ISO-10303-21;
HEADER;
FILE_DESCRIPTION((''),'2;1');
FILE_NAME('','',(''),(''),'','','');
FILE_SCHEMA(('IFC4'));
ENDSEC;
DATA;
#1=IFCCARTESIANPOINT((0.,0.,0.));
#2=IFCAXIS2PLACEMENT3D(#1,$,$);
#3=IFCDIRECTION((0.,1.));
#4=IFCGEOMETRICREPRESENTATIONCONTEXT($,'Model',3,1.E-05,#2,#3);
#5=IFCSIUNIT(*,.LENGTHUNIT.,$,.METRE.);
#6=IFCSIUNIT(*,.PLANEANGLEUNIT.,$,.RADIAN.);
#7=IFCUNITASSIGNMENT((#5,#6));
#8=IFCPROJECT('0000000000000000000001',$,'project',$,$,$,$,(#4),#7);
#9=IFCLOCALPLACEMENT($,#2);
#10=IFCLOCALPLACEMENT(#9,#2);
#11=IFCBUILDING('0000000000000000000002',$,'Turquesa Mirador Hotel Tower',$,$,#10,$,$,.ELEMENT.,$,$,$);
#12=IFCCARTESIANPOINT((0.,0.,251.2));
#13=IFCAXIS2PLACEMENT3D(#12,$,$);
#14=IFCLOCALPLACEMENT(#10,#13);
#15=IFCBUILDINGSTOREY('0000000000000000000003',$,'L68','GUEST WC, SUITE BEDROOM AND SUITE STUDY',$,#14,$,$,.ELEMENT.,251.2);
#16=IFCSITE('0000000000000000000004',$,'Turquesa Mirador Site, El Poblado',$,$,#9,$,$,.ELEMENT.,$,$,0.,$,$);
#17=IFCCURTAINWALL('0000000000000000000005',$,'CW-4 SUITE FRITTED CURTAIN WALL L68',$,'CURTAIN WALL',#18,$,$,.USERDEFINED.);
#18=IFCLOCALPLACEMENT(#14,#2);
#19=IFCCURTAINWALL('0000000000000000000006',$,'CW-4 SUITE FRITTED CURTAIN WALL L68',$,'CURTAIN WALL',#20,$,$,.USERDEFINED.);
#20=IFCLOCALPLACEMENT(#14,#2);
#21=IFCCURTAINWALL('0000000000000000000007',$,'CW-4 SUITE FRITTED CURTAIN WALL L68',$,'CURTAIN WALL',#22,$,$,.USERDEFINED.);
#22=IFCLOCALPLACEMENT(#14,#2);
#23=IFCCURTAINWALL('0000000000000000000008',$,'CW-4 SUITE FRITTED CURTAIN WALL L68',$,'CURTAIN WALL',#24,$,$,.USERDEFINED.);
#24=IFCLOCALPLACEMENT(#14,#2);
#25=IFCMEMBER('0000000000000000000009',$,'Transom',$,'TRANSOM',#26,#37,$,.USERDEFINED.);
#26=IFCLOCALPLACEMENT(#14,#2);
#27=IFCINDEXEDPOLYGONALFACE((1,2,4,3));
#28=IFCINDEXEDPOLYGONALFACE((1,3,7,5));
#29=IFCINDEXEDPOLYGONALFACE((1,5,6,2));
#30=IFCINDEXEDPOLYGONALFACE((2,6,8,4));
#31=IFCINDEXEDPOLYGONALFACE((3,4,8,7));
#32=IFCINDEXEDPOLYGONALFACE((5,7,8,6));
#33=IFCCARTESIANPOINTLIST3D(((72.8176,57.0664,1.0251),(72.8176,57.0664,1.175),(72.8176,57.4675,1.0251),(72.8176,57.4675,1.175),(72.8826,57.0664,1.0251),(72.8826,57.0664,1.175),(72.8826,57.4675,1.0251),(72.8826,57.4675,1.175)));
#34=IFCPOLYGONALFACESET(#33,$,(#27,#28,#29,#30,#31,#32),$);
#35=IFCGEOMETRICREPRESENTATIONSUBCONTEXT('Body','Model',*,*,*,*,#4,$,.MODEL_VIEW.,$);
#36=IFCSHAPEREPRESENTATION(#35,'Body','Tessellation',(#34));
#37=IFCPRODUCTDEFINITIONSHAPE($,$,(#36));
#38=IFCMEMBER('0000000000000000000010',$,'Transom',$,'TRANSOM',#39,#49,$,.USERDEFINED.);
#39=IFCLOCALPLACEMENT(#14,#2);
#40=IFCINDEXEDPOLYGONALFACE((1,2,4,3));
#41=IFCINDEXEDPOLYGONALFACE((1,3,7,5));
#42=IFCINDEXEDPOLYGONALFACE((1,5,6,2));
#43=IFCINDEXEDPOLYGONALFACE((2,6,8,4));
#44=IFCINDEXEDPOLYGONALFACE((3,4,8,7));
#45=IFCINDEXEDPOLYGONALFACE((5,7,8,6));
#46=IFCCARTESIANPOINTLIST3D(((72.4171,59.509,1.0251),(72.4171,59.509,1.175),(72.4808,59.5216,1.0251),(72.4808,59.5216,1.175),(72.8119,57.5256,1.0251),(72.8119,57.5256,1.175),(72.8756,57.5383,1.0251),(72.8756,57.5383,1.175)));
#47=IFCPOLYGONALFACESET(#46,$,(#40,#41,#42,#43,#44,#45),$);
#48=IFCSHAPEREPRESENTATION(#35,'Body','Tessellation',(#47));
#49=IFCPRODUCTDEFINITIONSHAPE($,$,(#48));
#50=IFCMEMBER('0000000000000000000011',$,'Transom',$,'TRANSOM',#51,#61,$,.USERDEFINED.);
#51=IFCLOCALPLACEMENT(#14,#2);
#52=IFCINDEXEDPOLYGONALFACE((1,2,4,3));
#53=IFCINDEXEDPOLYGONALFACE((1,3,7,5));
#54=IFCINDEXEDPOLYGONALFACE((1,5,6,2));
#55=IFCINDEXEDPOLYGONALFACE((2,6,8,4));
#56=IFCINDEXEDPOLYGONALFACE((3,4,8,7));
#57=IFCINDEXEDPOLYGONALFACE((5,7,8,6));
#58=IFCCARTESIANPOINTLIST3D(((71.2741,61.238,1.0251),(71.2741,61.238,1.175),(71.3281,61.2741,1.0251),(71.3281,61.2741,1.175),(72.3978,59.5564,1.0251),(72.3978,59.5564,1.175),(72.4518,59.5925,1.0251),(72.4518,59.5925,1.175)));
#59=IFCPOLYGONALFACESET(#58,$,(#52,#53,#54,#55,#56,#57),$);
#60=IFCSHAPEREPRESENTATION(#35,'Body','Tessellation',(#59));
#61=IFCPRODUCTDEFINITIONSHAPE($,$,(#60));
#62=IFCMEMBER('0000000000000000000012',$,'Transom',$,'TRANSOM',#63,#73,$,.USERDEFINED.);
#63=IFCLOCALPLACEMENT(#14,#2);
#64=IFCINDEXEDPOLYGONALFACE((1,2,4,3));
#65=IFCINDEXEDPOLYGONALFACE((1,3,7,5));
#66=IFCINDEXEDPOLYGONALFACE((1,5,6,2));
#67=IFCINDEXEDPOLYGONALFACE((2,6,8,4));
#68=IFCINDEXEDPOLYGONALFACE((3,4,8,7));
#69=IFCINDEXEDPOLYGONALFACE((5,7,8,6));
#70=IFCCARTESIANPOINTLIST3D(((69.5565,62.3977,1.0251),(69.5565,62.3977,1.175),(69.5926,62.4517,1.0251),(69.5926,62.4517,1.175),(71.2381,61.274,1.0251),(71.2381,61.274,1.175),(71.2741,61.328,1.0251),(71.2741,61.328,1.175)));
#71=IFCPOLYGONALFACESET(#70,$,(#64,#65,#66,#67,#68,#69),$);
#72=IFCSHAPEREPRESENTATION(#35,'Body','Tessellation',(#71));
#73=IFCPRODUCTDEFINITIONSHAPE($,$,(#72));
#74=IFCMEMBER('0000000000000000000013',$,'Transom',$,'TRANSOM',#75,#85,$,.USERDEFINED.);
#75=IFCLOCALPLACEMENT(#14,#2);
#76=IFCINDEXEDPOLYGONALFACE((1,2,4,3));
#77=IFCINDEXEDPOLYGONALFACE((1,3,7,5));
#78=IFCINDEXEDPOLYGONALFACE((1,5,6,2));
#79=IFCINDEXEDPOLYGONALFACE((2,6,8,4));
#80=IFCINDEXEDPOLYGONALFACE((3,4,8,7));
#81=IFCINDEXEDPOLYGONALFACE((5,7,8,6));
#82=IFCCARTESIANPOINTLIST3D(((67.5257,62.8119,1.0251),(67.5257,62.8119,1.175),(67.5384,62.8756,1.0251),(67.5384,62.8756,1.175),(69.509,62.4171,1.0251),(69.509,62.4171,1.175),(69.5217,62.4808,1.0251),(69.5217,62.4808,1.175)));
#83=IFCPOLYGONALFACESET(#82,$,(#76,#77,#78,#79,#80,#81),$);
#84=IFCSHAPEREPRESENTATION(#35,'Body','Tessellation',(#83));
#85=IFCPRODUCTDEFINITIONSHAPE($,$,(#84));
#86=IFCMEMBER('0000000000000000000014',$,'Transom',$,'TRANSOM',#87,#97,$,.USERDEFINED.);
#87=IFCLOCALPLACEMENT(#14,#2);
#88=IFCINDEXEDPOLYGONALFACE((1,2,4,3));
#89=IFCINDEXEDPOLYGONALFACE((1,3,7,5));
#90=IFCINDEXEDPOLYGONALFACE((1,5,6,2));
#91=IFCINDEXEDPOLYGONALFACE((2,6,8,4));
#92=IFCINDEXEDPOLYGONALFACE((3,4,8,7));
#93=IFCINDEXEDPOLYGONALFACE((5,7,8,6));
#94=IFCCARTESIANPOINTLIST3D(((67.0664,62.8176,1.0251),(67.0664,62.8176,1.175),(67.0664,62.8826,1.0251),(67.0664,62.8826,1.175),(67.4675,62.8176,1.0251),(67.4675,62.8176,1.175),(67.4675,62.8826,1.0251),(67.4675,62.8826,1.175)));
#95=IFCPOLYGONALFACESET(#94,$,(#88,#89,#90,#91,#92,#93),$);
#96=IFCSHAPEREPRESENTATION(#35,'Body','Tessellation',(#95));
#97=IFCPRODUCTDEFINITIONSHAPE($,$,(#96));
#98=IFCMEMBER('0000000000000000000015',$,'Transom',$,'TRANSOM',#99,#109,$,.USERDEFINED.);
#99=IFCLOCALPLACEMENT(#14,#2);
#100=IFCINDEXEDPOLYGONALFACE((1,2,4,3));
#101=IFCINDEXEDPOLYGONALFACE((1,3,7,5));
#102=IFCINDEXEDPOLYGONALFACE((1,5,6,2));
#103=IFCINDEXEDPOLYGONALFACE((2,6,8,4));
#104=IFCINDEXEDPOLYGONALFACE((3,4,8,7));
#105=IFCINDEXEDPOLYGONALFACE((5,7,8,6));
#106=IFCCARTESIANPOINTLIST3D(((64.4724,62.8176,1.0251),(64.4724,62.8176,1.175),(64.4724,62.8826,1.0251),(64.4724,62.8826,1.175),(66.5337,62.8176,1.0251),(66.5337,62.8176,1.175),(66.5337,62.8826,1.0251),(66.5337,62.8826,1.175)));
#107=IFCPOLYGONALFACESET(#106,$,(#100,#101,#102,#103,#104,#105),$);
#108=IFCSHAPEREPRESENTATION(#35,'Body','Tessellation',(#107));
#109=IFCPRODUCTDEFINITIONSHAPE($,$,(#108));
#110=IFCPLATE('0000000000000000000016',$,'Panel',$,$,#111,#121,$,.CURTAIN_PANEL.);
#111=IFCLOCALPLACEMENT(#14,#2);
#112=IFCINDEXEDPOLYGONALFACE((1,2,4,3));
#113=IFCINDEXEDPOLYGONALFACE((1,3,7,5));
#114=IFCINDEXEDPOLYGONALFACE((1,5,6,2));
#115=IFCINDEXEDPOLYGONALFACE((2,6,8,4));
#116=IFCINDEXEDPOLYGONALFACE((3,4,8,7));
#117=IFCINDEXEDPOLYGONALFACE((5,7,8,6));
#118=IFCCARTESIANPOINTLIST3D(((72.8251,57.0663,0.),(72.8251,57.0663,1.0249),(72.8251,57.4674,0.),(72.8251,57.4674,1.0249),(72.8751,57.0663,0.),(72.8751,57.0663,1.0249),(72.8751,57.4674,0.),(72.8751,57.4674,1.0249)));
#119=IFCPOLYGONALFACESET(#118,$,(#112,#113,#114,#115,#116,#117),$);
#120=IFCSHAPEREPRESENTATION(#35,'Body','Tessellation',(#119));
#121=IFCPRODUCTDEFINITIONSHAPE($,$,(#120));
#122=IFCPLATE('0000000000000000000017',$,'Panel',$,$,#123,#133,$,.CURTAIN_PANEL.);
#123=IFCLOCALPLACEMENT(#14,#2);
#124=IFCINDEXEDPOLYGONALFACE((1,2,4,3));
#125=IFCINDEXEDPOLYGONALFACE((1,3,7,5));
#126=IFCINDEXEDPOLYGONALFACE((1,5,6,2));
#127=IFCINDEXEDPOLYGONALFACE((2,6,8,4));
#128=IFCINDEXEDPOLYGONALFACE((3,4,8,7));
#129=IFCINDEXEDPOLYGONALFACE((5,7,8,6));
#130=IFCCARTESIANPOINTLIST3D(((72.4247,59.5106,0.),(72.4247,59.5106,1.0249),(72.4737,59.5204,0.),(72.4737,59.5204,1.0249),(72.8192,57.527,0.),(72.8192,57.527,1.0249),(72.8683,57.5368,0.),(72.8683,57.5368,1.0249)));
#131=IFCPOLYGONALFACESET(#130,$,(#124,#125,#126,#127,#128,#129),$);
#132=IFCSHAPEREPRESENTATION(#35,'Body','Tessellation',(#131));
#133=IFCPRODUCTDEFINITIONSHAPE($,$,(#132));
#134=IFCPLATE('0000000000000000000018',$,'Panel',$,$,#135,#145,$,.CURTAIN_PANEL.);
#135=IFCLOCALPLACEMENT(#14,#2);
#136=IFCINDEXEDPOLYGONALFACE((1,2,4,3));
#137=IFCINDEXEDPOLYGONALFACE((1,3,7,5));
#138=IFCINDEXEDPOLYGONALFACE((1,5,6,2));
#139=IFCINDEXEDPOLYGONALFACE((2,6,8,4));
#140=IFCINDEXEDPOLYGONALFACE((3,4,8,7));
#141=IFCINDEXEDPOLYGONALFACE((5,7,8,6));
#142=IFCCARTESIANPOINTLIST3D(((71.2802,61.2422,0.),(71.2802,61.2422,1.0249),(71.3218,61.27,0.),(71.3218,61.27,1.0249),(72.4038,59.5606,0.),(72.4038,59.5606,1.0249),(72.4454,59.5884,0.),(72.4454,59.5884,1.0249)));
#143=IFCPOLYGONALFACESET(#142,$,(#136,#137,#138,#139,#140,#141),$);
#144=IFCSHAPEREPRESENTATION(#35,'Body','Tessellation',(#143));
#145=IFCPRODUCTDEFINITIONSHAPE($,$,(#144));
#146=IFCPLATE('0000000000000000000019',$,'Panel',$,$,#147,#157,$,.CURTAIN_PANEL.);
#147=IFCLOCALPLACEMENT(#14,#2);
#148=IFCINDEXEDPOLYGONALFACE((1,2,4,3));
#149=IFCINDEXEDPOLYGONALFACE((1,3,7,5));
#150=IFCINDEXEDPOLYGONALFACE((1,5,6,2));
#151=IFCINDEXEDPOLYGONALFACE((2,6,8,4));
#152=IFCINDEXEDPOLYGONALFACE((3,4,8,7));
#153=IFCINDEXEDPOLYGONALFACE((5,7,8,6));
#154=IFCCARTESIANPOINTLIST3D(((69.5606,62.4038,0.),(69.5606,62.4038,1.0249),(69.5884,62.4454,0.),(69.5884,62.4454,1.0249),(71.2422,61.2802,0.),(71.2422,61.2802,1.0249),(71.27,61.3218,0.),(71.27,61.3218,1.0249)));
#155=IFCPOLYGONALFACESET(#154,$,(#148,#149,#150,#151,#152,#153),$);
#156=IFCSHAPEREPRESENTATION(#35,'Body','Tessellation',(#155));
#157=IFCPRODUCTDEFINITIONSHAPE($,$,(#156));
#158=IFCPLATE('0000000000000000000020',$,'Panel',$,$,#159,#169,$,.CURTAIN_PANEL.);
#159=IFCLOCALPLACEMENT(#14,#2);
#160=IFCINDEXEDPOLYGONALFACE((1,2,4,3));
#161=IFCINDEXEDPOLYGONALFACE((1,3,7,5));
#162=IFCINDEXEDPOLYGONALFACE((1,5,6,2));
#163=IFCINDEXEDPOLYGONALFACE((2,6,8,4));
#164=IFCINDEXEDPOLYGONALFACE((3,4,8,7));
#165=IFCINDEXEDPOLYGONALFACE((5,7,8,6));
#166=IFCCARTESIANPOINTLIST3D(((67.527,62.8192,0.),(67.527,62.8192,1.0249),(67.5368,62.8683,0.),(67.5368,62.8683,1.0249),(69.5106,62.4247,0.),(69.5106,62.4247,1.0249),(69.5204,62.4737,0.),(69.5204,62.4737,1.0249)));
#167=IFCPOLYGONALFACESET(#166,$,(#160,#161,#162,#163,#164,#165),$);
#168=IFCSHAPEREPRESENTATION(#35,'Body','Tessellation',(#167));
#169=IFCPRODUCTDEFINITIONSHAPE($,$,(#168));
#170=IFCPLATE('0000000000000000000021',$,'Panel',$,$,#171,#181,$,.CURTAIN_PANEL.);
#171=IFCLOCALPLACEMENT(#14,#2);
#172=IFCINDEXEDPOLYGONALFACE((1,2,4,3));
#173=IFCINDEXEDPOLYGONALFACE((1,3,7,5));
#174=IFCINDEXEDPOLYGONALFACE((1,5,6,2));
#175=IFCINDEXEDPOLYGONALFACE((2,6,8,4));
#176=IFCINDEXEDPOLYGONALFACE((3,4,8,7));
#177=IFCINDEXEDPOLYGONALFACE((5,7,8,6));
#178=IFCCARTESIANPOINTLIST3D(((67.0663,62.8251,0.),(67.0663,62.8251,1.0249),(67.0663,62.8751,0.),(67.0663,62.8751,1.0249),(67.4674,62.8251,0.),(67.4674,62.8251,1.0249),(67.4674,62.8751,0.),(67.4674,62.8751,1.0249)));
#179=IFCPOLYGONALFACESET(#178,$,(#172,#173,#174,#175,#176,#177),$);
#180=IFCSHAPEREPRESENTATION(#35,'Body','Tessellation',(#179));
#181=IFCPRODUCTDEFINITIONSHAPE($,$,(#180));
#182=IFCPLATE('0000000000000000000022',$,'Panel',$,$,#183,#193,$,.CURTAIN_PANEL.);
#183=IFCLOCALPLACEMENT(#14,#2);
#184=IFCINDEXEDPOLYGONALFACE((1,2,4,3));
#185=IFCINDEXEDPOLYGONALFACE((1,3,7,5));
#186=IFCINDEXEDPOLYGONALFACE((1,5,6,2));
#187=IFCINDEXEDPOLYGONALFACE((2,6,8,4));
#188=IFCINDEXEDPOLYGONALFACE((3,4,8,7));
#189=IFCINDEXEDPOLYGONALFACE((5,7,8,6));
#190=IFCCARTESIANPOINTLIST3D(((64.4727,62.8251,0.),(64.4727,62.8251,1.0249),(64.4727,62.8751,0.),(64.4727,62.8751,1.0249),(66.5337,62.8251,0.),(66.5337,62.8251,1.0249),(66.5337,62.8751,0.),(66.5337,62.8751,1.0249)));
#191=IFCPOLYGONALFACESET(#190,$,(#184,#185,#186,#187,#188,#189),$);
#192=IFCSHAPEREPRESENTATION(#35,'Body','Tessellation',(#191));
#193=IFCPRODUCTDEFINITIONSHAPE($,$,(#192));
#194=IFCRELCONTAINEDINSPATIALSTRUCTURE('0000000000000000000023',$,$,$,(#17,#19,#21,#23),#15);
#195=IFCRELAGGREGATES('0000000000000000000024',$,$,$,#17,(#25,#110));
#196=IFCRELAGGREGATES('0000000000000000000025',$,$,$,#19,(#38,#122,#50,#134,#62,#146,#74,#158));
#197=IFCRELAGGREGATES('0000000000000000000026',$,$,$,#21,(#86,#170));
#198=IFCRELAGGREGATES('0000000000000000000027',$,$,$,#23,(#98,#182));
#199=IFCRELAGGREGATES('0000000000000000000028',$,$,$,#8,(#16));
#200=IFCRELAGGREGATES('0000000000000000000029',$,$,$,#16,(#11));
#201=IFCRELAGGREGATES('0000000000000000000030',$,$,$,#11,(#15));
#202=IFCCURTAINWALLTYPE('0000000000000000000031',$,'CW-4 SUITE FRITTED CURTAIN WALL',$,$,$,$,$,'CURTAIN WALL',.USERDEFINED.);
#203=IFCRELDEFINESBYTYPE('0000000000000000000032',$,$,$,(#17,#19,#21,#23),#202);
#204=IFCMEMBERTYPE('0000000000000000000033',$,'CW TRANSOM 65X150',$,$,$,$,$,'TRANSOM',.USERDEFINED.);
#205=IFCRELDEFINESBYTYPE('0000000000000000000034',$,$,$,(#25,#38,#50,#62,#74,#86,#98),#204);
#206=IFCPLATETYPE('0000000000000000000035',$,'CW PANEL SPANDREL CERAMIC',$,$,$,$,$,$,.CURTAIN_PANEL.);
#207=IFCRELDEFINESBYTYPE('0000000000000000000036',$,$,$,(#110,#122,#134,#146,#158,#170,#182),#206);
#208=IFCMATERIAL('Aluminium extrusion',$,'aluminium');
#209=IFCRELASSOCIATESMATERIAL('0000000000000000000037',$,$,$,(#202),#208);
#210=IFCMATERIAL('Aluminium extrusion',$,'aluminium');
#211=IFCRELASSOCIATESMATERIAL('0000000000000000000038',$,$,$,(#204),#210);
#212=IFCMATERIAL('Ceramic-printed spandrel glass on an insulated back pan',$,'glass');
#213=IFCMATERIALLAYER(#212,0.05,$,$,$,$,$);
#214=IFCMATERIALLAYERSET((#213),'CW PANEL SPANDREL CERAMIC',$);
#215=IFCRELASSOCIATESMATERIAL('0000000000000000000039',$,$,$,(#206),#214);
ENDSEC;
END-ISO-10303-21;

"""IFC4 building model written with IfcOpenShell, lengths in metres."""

from ifc_helpers import new_model, si_unit, direction, frame, origin, origin_2d, place, context, subcontext, project, spatial, rectangle, extrude, material, layer, layer_set, material_profile, profile_set, type_object, element, aggregate, save


model = new_model("IFC4")

# Units and contexts
model_context = context("Model", 3, precision=1e-05, world=origin(), true_north=direction((0.0, 1.0)))
body_context = subcontext(model_context, "Body", "Model", "MODEL_VIEW")
ifc_project = project(units=[si_unit("LENGTHUNIT", "METRE"), si_unit("PLANEANGLEUNIT", "RADIAN")], contexts=[model_context])

# Site, building, storey
site_placement = place(None, origin())
site = spatial("IfcSite", under=ifc_project, at=site_placement, Name="Turquesa Mirador Site, El Poblado", CompositionType="ELEMENT", RefElevation=0.0)
building_placement = place(site_placement, origin())
building = spatial("IfcBuilding", under=site, at=building_placement, Name="Turquesa Mirador Hotel Tower", CompositionType="ELEMENT")
storey_placement = place(building_placement, frame((0.0, 0.0, 251.2)))
storey = spatial("IfcBuildingStorey", under=building, at=storey_placement, Name="L68", Description="GUEST WC, SUITE BEDROOM AND SUITE STUDY", CompositionType="ELEMENT", Elevation=251.2)

# Curtain wall
ifc_material_1 = material(Name="Aluminium extrusion", Category="aluminium")
curtain_wall_type = type_object("IfcCurtainWallType", Name="CW-4 SUITE FRITTED CURTAIN WALL", ElementType="CURTAIN WALL", PredefinedType="USERDEFINED", material=ifc_material_1)
curtain_wall_1_placement = place(storey_placement, origin())
curtain_wall_1 = element("IfcCurtainWall", 1, at=curtain_wall_1_placement, inside=storey, type_object=curtain_wall_type, Name="CW-4 SUITE FRITTED CURTAIN WALL L68", ObjectType="CURTAIN WALL", PredefinedType="USERDEFINED")

# Curtain walls
curtain_wall_2_placement = place(storey_placement, origin())
curtain_wall_2 = element("IfcCurtainWall", 2, at=curtain_wall_2_placement, inside=storey, type_object=curtain_wall_type, Name="CW-4 SUITE FRITTED CURTAIN WALL L68", ObjectType="CURTAIN WALL", PredefinedType="USERDEFINED")
curtain_wall_3_placement = place(storey_placement, origin())
curtain_wall_3 = element("IfcCurtainWall", 3, at=curtain_wall_3_placement, inside=storey, type_object=curtain_wall_type, Name="CW-4 SUITE FRITTED CURTAIN WALL L68", ObjectType="CURTAIN WALL", PredefinedType="USERDEFINED")
curtain_wall_4_placement = place(storey_placement, origin())
curtain_wall_4 = element("IfcCurtainWall", 4, at=curtain_wall_4_placement, inside=storey, type_object=curtain_wall_type, Name="CW-4 SUITE FRITTED CURTAIN WALL L68", ObjectType="CURTAIN WALL", PredefinedType="USERDEFINED")

# Members
ifc_material_2 = material(Name="Aluminium extrusion", Category="aluminium")
ifc_material_profile_1 = material_profile(ifc_material_2, rectangle(XDim=0.0649, YDim=0.1499, at=origin_2d()), Name="TRANSOM 65X150")
ifc_profile_set_1 = profile_set([ifc_material_profile_1], Name="Aluminium extrusion")
member_type_1 = type_object("IfcMemberType", Name="CW TRANSOM 65X150", ElementType="TRANSOM", PredefinedType="USERDEFINED", material=ifc_profile_set_1)
member_1_placement = place(storey_placement, frame((72.8501, 57.0664, 1.1001), z_axis=(0.0, 1.0, 0.0), x_axis=(-1.0, 0.0, 0.0)))
member_1 = element("IfcMember", 5, at=member_1_placement, type_object=member_type_1, Name="Transom", ObjectType="TRANSOM", PredefinedType="USERDEFINED", context=body_context, shape_type="SweptSolid", body=[
    extrude(rectangle(XDim=0.0649, YDim=0.1499, at=origin_2d()), origin(), (0.0, 0.0, 1.0), 0.4011),
])
member_2_placement = place(storey_placement, frame((72.8438, 57.532, 1.1001), z_axis=(-0.195211, 0.980761, 0.0), x_axis=(-0.980761, -0.195211, 0.0)))
member_2 = element("IfcMember", 6, at=member_2_placement, type_object=member_type_1, Name="Transom", ObjectType="TRANSOM", PredefinedType="USERDEFINED", context=body_context, shape_type="SweptSolid", body=[
    extrude(rectangle(XDim=0.0649, YDim=0.1499, at=origin_2d()), origin(), (0.0, 0.0, 1.0), 2.0222),
])
member_3_placement = place(storey_placement, frame((72.4248, 59.5745, 1.1001), z_axis=(-0.555619, 0.831437, 0.0), x_axis=(-0.831437, -0.555619, 0.0)))
member_3 = element("IfcMember", 7, at=member_3_placement, type_object=member_type_1, Name="Transom", ObjectType="TRANSOM", PredefinedType="USERDEFINED", context=body_context, shape_type="SweptSolid", body=[
    extrude(rectangle(XDim=0.0649, YDim=0.1499, at=origin_2d()), origin(), (0.0, 0.0, 1.0), 2.0225),
])
member_4_placement = place(storey_placement, frame((71.2561, 61.301, 1.1001), z_axis=(-0.831437, 0.555619, 0.0), x_axis=(-0.555619, -0.831437, 0.0)))
member_4 = element("IfcMember", 8, at=member_4_placement, type_object=member_type_1, Name="Transom", ObjectType="TRANSOM", PredefinedType="USERDEFINED", context=body_context, shape_type="SweptSolid", body=[
    extrude(rectangle(XDim=0.0649, YDim=0.1499, at=origin_2d()), origin(), (0.0, 0.0, 1.0), 2.0225),
])
member_5_placement = place(storey_placement, frame((69.5154, 62.449, 1.1001), z_axis=(-0.980761, 0.195211, 0.0), x_axis=(-0.195211, -0.980761, 0.0)))
member_5 = element("IfcMember", 9, at=member_5_placement, type_object=member_type_1, Name="Transom", ObjectType="TRANSOM", PredefinedType="USERDEFINED", context=body_context, shape_type="SweptSolid", body=[
    extrude(rectangle(XDim=0.0649, YDim=0.1499, at=origin_2d()), origin(), (0.0, 0.0, 1.0), 2.0222),
])
member_6_placement = place(storey_placement, frame((67.4675, 62.8501, 1.1001), z_axis=(-1.0, 0.0, 0.0), x_axis=(0.0, -1.0, 0.0)))
member_6 = element("IfcMember", 10, at=member_6_placement, type_object=member_type_1, Name="Transom", ObjectType="TRANSOM", PredefinedType="USERDEFINED", context=body_context, shape_type="SweptSolid", body=[
    extrude(rectangle(XDim=0.0649, YDim=0.1499, at=origin_2d()), origin(), (0.0, 0.0, 1.0), 0.4011),
])
member_7_placement = place(storey_placement, frame((66.5337, 62.8501, 1.1001), z_axis=(-1.0, 0.0, 0.0), x_axis=(0.0, -1.0, 0.0)))
member_7 = element("IfcMember", 11, at=member_7_placement, type_object=member_type_1, Name="Transom", ObjectType="TRANSOM", PredefinedType="USERDEFINED", context=body_context, shape_type="SweptSolid", body=[
    extrude(rectangle(XDim=0.0649, YDim=0.1499, at=origin_2d()), origin(), (0.0, 0.0, 1.0), 2.0613),
])

# Plates
ifc_material_3 = material(Name="Ceramic-printed spandrel glass on an insulated back pan", Category="glass")
ifc_layer_1 = layer(ifc_material_3, 0.05)
ifc_layer_set_1 = layer_set([ifc_layer_1], Name="CW PANEL SPANDREL CERAMIC")
plate_type_1 = type_object("IfcPlateType", Name="CW PANEL SPANDREL CERAMIC", PredefinedType="CURTAIN_PANEL", material=ifc_layer_set_1)
plate_1_placement = place(storey_placement, frame((72.8501, 57.2668, 0.0), z_axis=(0.0, 0.0, 1.0), x_axis=(0.0, 1.0, 0.0)))
plate_1 = element("IfcPlate", 12, at=plate_1_placement, type_object=plate_type_1, Name="Panel", PredefinedType="CURTAIN_PANEL", context=body_context, shape_type="SweptSolid", body=[
    extrude(rectangle(XDim=0.4011, YDim=0.05, at=origin_2d()), origin(), (0.0, 0.0, 1.0), 1.0249),
])
plate_2_placement = place(storey_placement, frame((72.6465, 58.5237, 0.0), z_axis=(0.0, 0.0, 1.0), x_axis=(-0.195091, 0.980785, 0.0)))
plate_2 = element("IfcPlate", 13, at=plate_2_placement, type_object=plate_type_1, Name="Panel", PredefinedType="CURTAIN_PANEL", context=body_context, shape_type="SweptSolid", body=[
    extrude(rectangle(XDim=2.0225, YDim=0.05, at=origin_2d()), origin(), (0.0, 0.0, 1.0), 1.0249),
])
plate_3_placement = place(storey_placement, frame((71.8628, 60.4153, 0.0), z_axis=(0.0, 0.0, 1.0), x_axis=(-0.55557, 0.83147, 0.0)))
plate_3 = element("IfcPlate", 14, at=plate_3_placement, type_object=plate_type_1, Name="Panel", PredefinedType="CURTAIN_PANEL", context=body_context, shape_type="SweptSolid", body=[
    extrude(rectangle(XDim=2.0225, YDim=0.05, at=origin_2d()), origin(), (0.0, 0.0, 1.0), 1.0249),
])
plate_4_placement = place(storey_placement, frame((70.4153, 61.8628, 0.0), z_axis=(0.0, 0.0, 1.0), x_axis=(-0.83147, 0.55557, 0.0)))
plate_4 = element("IfcPlate", 15, at=plate_4_placement, type_object=plate_type_1, Name="Panel", PredefinedType="CURTAIN_PANEL", context=body_context, shape_type="SweptSolid", body=[
    extrude(rectangle(XDim=2.0225, YDim=0.05, at=origin_2d()), origin(), (0.0, 0.0, 1.0), 1.0249),
])
plate_5_placement = place(storey_placement, frame((68.5237, 62.6465, 0.0), z_axis=(0.0, 0.0, 1.0), x_axis=(-0.980785, 0.195091, 0.0)))
plate_5 = element("IfcPlate", 16, at=plate_5_placement, type_object=plate_type_1, Name="Panel", PredefinedType="CURTAIN_PANEL", context=body_context, shape_type="SweptSolid", body=[
    extrude(rectangle(XDim=2.0225, YDim=0.05, at=origin_2d()), origin(), (0.0, 0.0, 1.0), 1.0249),
])
plate_6_placement = place(storey_placement, frame((67.2668, 62.8501, 0.0), z_axis=(0.0, 0.0, 1.0), x_axis=(-1.0, 0.0, 0.0)))
plate_6 = element("IfcPlate", 17, at=plate_6_placement, type_object=plate_type_1, Name="Panel", PredefinedType="CURTAIN_PANEL", context=body_context, shape_type="SweptSolid", body=[
    extrude(rectangle(XDim=0.4011, YDim=0.05, at=origin_2d()), origin(), (0.0, 0.0, 1.0), 1.0249),
])
plate_7_placement = place(storey_placement, frame((65.5032, 62.8501, 0.0), z_axis=(0.0, 0.0, 1.0), x_axis=(-1.0, 0.0, 0.0)))
plate_7 = element("IfcPlate", 18, at=plate_7_placement, type_object=plate_type_1, Name="Panel", PredefinedType="CURTAIN_PANEL", context=body_context, shape_type="SweptSolid", body=[
    extrude(rectangle(XDim=2.061, YDim=0.05, at=origin_2d()), origin(), (0.0, 0.0, 1.0), 1.0249),
])
aggregate(curtain_wall_1, [member_1, plate_1])
aggregate(curtain_wall_2, [member_2, plate_2, member_3, plate_3, member_4, plate_4, member_5, plate_5])
aggregate(curtain_wall_3, [member_6, plate_6])
aggregate(curtain_wall_4, [member_7, plate_7])

save(model, "model.ifc")
